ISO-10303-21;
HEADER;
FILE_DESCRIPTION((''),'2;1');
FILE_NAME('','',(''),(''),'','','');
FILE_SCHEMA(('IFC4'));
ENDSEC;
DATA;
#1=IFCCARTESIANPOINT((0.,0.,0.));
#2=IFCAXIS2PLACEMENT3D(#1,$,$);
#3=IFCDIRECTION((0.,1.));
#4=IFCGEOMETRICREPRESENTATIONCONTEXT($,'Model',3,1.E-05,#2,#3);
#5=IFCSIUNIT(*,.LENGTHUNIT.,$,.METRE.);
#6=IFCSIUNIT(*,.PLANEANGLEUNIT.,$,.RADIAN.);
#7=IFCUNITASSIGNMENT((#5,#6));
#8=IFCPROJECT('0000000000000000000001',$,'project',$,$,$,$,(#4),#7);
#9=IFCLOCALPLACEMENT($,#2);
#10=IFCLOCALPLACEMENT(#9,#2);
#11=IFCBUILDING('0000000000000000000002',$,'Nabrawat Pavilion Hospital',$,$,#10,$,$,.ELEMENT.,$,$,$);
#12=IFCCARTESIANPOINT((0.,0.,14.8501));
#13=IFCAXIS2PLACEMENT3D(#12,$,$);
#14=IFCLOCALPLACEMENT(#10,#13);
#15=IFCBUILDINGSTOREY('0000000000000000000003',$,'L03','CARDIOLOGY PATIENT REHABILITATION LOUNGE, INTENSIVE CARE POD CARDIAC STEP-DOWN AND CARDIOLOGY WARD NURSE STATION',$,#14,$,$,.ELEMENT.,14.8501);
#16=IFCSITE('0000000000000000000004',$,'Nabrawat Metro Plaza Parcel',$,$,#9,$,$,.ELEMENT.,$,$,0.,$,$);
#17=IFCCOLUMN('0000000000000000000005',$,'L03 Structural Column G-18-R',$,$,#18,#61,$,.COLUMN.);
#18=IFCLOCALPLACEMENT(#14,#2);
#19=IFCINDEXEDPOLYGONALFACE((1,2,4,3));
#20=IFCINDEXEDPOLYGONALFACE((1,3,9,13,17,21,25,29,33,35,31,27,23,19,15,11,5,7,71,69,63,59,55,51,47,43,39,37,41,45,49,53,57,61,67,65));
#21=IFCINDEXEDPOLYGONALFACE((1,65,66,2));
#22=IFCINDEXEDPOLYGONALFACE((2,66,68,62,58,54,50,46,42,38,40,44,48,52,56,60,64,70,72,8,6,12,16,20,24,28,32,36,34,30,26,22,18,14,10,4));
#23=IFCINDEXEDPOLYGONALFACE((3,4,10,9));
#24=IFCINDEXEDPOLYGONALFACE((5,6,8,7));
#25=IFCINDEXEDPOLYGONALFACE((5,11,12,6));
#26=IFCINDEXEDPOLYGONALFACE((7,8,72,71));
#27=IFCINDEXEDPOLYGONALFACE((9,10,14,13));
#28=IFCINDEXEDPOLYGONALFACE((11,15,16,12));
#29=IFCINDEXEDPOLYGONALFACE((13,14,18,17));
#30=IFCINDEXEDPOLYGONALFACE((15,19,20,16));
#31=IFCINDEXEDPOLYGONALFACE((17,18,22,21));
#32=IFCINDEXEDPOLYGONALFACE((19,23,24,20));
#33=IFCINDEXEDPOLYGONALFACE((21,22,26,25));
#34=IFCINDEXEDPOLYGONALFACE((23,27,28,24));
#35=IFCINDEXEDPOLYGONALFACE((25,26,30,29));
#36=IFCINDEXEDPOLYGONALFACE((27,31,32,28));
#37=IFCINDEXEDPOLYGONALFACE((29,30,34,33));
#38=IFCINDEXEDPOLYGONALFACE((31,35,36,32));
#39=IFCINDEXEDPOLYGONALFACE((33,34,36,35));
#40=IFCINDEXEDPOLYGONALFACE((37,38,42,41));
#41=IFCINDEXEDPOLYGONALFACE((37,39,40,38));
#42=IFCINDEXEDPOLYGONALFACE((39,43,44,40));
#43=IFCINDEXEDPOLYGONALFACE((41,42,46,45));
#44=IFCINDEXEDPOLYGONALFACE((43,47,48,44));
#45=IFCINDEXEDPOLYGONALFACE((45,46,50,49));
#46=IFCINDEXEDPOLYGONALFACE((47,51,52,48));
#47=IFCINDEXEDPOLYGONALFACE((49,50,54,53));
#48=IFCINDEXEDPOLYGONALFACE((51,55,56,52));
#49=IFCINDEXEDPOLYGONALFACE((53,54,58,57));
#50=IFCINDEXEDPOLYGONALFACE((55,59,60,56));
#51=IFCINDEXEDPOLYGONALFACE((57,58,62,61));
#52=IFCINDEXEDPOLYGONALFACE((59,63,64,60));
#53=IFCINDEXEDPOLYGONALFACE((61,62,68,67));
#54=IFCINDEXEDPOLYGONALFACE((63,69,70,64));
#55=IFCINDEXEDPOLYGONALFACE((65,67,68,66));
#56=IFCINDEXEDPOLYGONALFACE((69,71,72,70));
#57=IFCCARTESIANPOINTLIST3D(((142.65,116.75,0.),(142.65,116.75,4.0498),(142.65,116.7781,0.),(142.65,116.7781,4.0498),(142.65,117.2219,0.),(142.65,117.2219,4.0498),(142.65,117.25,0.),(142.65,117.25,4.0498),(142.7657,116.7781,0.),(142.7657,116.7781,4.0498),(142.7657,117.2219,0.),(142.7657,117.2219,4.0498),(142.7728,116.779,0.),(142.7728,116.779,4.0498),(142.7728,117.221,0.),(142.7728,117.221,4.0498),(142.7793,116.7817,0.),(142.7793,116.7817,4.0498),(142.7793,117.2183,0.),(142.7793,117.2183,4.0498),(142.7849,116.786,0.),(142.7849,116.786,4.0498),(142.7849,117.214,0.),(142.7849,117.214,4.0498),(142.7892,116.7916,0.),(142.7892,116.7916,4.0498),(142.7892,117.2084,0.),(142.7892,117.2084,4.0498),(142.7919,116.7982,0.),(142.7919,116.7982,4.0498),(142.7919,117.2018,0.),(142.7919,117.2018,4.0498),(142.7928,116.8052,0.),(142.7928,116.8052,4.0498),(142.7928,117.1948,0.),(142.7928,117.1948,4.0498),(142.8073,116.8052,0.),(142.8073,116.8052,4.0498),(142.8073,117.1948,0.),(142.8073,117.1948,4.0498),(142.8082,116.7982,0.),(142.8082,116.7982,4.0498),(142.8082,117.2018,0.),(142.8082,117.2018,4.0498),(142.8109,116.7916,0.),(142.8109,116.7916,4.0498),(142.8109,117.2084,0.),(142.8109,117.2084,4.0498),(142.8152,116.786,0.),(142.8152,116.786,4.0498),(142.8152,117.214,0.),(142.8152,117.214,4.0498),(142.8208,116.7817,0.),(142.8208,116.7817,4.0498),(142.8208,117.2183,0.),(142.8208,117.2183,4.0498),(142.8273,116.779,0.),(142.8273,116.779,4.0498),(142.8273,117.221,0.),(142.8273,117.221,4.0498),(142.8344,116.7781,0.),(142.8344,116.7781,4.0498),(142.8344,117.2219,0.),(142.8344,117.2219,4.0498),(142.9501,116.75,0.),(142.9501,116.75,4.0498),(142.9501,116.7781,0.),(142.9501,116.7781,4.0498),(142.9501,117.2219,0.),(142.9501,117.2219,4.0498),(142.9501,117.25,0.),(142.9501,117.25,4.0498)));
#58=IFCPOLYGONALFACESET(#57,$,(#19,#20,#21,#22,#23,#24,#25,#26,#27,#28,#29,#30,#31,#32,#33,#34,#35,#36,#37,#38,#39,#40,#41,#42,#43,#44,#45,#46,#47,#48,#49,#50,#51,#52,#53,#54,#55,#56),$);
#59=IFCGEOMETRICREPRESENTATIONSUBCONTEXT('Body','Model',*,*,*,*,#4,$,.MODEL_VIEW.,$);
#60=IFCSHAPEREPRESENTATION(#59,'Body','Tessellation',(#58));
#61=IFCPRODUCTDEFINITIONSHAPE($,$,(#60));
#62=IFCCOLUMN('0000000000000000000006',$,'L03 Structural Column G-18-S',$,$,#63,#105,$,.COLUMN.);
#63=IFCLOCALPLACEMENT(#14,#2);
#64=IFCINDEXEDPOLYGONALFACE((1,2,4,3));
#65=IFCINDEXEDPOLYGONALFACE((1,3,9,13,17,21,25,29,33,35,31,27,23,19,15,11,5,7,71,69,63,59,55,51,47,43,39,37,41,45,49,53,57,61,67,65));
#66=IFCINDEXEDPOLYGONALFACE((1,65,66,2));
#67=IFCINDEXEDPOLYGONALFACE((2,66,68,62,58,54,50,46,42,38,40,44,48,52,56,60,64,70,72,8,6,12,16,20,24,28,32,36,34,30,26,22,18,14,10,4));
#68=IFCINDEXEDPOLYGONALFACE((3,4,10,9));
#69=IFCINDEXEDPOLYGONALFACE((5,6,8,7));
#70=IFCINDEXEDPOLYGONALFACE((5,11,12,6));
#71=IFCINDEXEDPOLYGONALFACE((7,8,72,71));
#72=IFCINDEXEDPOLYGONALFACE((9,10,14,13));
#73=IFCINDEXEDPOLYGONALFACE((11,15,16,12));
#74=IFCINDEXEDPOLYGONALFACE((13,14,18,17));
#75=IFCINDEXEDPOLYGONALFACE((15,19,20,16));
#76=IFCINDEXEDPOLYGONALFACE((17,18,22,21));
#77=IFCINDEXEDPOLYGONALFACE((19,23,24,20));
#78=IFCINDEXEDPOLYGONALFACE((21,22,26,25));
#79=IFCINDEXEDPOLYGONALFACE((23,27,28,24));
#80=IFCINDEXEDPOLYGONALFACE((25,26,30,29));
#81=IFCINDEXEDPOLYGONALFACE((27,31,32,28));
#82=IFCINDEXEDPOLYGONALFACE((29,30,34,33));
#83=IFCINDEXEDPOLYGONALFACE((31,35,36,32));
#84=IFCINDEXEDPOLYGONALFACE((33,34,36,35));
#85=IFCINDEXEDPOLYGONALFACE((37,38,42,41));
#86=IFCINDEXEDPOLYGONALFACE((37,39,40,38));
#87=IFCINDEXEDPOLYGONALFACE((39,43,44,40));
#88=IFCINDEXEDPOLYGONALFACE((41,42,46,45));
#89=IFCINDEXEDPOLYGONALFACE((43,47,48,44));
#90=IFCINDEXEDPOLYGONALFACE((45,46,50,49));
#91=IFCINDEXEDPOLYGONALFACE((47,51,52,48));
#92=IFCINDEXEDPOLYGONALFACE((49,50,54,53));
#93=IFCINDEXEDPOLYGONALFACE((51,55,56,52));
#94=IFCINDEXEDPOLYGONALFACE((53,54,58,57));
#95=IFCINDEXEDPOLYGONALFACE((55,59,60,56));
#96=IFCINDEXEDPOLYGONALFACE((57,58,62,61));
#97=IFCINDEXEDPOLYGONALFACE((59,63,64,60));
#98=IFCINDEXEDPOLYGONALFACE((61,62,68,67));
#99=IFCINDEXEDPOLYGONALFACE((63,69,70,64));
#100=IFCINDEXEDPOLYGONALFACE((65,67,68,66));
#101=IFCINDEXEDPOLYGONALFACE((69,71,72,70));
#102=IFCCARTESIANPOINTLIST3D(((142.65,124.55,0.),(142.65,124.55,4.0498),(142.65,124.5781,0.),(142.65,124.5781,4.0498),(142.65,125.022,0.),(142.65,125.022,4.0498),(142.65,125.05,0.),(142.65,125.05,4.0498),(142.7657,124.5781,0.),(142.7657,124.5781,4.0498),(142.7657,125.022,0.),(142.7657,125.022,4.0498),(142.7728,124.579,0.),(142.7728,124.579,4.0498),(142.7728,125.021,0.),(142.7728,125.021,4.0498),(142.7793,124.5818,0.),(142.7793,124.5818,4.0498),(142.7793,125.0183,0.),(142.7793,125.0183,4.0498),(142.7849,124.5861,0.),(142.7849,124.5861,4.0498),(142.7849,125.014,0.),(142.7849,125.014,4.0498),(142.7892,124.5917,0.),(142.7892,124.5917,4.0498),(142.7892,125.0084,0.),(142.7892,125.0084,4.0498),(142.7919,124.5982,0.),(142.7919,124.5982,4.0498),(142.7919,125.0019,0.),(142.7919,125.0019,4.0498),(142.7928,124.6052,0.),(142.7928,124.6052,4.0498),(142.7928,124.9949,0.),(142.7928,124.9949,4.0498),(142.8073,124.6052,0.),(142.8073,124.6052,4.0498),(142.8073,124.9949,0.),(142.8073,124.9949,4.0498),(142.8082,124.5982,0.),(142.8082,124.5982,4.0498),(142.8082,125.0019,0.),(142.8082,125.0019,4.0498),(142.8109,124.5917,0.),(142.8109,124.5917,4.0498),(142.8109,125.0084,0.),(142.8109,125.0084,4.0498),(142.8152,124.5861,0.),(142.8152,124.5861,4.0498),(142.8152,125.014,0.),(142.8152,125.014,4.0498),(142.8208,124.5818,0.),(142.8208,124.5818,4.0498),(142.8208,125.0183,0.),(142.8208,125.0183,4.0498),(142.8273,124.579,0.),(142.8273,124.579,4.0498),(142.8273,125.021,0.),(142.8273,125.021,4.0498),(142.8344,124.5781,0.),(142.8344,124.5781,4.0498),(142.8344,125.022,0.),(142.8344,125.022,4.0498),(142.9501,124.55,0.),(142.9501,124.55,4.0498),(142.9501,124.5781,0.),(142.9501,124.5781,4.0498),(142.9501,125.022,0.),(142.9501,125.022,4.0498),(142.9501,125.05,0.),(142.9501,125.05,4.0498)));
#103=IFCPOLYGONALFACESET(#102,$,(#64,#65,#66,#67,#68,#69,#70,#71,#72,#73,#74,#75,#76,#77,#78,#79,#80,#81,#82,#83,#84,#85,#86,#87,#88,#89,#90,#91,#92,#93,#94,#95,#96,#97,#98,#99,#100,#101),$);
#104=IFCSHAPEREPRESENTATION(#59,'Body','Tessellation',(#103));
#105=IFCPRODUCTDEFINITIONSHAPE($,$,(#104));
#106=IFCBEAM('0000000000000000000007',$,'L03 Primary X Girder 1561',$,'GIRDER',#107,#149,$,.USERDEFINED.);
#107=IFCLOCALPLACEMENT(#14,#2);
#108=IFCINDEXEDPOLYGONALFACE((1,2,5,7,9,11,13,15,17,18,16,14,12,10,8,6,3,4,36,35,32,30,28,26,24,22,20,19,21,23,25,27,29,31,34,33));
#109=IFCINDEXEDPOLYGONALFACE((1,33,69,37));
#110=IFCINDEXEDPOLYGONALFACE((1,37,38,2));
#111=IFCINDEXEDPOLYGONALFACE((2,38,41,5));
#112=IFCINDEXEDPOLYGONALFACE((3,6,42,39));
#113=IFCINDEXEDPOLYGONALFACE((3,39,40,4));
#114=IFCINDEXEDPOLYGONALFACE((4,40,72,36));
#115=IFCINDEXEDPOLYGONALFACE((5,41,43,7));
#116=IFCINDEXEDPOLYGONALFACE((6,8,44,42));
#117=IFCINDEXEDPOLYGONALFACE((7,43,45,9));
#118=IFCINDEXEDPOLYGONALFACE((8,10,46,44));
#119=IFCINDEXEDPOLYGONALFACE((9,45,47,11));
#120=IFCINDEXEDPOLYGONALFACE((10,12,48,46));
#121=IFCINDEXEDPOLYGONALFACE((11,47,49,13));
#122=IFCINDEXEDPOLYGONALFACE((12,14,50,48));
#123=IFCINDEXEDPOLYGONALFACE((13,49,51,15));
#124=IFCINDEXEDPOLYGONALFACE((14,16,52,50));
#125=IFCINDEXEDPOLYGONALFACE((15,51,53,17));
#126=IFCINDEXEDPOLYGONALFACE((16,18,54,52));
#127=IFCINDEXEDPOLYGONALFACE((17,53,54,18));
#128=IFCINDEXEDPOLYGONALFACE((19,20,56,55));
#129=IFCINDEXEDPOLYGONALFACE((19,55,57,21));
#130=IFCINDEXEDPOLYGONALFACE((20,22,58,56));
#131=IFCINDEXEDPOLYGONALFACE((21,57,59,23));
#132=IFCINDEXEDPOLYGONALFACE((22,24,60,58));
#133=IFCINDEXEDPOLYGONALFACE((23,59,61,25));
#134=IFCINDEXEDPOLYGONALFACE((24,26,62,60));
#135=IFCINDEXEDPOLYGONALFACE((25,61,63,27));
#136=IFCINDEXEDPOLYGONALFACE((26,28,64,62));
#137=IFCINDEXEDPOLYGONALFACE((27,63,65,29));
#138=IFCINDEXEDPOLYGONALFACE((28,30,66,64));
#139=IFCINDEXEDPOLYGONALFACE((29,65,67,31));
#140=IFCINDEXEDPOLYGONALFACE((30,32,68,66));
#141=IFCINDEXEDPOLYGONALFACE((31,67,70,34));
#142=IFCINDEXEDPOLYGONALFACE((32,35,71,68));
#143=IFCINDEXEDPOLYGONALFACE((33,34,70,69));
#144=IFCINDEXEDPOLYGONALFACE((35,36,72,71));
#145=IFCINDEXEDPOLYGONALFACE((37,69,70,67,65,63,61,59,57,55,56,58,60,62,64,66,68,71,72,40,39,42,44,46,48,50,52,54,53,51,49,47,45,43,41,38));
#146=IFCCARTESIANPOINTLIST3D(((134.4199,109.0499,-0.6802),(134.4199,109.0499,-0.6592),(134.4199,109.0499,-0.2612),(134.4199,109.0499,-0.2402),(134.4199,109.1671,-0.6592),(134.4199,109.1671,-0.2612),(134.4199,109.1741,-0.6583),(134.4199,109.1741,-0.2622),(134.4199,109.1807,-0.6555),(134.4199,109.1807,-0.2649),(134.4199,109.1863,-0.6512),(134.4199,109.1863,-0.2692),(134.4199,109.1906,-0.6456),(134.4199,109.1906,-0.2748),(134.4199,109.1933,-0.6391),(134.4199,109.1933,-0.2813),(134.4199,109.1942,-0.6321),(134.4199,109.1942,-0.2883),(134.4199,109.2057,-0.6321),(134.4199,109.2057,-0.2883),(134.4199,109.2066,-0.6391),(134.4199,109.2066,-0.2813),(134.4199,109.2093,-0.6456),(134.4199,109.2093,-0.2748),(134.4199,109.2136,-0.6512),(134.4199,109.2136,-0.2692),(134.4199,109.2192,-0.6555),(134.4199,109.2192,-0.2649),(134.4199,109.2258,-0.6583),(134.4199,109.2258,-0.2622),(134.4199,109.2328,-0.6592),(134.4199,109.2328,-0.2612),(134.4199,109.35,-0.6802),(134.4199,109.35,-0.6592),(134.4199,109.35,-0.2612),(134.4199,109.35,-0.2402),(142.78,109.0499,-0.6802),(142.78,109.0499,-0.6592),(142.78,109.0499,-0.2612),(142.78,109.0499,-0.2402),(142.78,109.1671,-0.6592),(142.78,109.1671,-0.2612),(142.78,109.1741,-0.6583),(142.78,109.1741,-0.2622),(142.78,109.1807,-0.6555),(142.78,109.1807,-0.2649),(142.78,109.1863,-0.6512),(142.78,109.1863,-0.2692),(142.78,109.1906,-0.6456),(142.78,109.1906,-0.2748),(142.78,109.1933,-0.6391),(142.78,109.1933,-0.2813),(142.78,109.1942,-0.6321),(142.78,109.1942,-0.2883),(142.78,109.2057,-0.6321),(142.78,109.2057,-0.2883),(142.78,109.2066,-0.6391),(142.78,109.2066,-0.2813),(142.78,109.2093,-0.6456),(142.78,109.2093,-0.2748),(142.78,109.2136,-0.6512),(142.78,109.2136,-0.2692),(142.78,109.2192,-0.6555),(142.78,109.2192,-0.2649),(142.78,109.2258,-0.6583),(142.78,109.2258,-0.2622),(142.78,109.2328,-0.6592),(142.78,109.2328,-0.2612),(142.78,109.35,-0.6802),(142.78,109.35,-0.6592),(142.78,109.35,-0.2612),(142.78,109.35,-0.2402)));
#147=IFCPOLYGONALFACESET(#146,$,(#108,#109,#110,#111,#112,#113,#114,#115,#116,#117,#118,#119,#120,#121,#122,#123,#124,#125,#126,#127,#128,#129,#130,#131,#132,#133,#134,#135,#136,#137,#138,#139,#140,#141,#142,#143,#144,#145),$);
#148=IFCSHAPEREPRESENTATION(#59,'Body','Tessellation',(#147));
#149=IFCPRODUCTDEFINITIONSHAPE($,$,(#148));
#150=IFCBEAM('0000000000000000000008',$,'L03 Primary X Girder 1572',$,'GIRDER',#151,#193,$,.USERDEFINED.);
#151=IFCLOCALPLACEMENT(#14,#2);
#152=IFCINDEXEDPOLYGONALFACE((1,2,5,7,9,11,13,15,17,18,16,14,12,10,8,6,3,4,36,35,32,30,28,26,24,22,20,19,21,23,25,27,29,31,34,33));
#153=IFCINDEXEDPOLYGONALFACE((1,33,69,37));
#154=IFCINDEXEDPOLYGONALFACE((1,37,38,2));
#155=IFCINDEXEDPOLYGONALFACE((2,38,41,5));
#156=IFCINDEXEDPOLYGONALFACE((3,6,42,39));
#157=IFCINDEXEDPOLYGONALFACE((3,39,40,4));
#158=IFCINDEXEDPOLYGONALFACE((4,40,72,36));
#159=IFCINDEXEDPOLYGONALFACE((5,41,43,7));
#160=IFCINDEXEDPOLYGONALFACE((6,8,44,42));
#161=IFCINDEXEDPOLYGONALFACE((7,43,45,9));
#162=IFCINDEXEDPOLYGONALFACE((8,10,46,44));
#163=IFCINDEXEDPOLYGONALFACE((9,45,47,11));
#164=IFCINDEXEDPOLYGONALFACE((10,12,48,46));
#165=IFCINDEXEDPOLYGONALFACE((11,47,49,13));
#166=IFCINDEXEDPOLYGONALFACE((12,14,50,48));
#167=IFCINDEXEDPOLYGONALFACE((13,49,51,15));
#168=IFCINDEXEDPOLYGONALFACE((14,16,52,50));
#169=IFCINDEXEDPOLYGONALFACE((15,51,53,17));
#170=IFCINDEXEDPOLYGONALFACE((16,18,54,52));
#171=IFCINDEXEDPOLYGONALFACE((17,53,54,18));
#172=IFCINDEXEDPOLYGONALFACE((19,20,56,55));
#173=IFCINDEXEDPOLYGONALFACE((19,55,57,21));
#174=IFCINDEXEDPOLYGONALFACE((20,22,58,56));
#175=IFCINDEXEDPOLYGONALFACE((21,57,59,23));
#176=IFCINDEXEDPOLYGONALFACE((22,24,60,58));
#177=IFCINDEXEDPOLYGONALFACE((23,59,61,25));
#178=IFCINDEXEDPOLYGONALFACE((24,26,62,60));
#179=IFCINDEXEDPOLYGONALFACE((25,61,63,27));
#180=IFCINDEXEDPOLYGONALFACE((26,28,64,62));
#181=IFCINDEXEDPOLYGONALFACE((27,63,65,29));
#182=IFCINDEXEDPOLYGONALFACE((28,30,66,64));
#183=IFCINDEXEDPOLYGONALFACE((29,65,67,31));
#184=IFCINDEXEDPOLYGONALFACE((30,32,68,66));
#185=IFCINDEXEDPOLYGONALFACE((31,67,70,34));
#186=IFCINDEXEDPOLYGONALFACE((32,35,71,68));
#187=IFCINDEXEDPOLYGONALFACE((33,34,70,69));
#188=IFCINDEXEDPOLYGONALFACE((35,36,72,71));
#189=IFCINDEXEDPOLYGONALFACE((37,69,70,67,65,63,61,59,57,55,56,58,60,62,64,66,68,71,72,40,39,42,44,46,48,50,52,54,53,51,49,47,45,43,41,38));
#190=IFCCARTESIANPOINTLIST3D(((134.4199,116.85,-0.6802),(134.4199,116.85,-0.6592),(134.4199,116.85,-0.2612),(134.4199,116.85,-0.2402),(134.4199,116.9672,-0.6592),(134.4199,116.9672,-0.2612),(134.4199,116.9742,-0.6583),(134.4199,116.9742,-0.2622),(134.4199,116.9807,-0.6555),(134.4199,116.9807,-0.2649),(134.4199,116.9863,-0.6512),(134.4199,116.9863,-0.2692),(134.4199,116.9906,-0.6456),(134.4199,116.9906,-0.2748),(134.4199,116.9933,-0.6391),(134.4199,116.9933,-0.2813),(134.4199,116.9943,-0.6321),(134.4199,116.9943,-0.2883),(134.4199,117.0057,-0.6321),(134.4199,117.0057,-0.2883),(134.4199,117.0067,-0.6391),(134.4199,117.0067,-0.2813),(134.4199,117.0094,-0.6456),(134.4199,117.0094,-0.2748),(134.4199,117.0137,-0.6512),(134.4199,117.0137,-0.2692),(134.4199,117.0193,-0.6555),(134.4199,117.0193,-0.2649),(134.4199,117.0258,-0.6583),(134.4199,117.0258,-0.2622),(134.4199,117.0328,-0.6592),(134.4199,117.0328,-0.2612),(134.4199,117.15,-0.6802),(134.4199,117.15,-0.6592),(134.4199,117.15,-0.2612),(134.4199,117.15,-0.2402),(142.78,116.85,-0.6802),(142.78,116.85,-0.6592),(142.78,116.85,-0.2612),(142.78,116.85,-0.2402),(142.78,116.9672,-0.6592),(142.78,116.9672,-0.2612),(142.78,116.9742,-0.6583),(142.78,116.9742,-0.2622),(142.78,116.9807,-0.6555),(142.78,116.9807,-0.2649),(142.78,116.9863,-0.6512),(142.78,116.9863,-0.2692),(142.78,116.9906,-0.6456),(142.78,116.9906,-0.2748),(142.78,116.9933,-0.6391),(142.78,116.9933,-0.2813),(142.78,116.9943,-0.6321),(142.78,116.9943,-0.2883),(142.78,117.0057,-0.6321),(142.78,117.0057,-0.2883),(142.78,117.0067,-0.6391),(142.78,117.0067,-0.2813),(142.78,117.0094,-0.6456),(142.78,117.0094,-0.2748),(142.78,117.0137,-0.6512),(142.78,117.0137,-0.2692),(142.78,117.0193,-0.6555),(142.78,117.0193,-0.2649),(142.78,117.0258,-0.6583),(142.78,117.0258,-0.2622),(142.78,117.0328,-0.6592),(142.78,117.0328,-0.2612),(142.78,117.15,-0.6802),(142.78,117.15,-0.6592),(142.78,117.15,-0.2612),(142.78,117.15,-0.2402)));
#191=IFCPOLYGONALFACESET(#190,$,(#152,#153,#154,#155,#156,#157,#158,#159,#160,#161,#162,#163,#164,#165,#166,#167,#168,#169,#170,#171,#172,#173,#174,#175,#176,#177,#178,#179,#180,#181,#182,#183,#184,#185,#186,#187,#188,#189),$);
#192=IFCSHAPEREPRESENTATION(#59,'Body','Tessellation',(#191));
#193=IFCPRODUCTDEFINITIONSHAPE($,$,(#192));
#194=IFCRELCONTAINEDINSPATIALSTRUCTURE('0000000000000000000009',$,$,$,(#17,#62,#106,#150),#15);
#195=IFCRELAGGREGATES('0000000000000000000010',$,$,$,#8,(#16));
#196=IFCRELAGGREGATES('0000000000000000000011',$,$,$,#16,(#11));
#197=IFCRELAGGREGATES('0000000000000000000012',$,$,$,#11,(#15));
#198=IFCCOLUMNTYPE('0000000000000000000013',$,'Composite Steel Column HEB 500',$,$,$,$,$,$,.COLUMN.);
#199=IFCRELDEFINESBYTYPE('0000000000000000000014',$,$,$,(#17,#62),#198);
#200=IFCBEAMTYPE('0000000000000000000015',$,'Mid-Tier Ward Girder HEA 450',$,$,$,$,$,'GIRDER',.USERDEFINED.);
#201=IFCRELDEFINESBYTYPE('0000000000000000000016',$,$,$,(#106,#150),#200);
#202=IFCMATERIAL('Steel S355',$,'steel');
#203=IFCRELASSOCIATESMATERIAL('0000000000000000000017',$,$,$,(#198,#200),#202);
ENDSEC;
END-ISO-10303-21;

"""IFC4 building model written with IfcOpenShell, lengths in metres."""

from ifc_helpers import new_model, si_unit, direction, frame, origin, origin_2d, place, context, subcontext, project, spatial, i_section, extrude, material, material_profile, profile_set, type_object, element, save


model = new_model("IFC4")

# Units and contexts
model_context = context("Model", 3, precision=1e-05, world=origin(), true_north=direction((0.0, 1.0)))
body_context = subcontext(model_context, "Body", "Model", "MODEL_VIEW")
ifc_project = project(units=[si_unit("LENGTHUNIT", "METRE"), si_unit("PLANEANGLEUNIT", "RADIAN")], contexts=[model_context])

# Site, building, storey
site_placement = place(None, origin())
site = spatial("IfcSite", under=ifc_project, at=site_placement, Name="Nabrawat Metro Plaza Parcel", CompositionType="ELEMENT", RefElevation=0.0)
building_placement = place(site_placement, origin())
building = spatial("IfcBuilding", under=site, at=building_placement, Name="Nabrawat Pavilion Hospital", CompositionType="ELEMENT")
storey_placement = place(building_placement, frame((0.0, 0.0, 14.8501)))
storey = spatial("IfcBuildingStorey", under=building, at=storey_placement, Name="L03", Description="CARDIOLOGY PATIENT REHABILITATION LOUNGE, INTENSIVE CARE POD CARDIAC STEP-DOWN AND CARDIOLOGY WARD NURSE STATION", CompositionType="ELEMENT", Elevation=14.8501)

# Columns
ifc_material_1 = material(Name="Steel S355", Category="steel")
ifc_material_profile_1 = material_profile(ifc_material_1, i_section(OverallWidth=0.3, OverallDepth=0.5, WebThickness=0.0144, FlangeThickness=0.0281, FilletRadius=0.0271, at=origin_2d()), Name="HEB 500")
ifc_profile_set_1 = profile_set([ifc_material_profile_1], Name="Steel S355")
column_type = type_object("IfcColumnType", Name="Composite Steel Column HEB 500", PredefinedType="COLUMN", material=ifc_profile_set_1)
for number, where, z_axis, x_axis, name in (
    (1, (142.8, 117.0, 0.0), (0.0, 0.0, 1.0), (1.0, 0.0, 0.0), "L03 Structural Column G-18-R"),
    (2, (142.8, 124.8, 0.0), (0.0, 0.0, 1.0), (1.0, 0.0, 0.0), "L03 Structural Column G-18-S"),
):
    element("IfcColumn", number, at=place(storey_placement, frame(where, z_axis=z_axis, x_axis=x_axis)), inside=storey, type_object=column_type, Name=name, PredefinedType="COLUMN", context=body_context, shape_type="SweptSolid", body=[
        extrude(i_section(OverallWidth=0.3, OverallDepth=0.5, WebThickness=0.0144, FlangeThickness=0.0281, FilletRadius=0.0271, at=origin_2d()), origin(), (0.0, 0.0, 1.0), 4.0498),
    ])

# Beams
ifc_material_profile_2 = material_profile(ifc_material_1, i_section(OverallWidth=0.3, OverallDepth=0.4399, WebThickness=0.0115, FlangeThickness=0.021, FilletRadius=0.0271, at=origin_2d()), Name="HEA 450")
ifc_profile_set_2 = profile_set([ifc_material_profile_2], Name="Steel S355")
beam_type_1 = type_object("IfcBeamType", Name="Mid-Tier Ward Girder HEA 450", ElementType="GIRDER", PredefinedType="USERDEFINED", material=ifc_profile_set_2)
for number, where, z_axis, x_axis, name in (
    (3, (134.4199, 109.2, -0.4602), (1.0, 0.0, 0.0), (0.0, 1.0, 0.0), "L03 Primary X Girder 1561"),
    (4, (134.4199, 117.0, -0.4602), (1.0, 0.0, 0.0), (0.0, 1.0, 0.0), "L03 Primary X Girder 1572"),
):
    element("IfcBeam", number, at=place(storey_placement, frame(where, z_axis=z_axis, x_axis=x_axis)), inside=storey, type_object=beam_type_1, Name=name, ObjectType="GIRDER", PredefinedType="USERDEFINED", context=body_context, shape_type="SweptSolid", body=[
        extrude(i_section(OverallWidth=0.3, OverallDepth=0.4399, WebThickness=0.0115, FlangeThickness=0.021, FilletRadius=0.0271, at=origin_2d()), origin(), (0.0, 0.0, 1.0), 8.3601),
    ])

save(model, "model.ifc")
